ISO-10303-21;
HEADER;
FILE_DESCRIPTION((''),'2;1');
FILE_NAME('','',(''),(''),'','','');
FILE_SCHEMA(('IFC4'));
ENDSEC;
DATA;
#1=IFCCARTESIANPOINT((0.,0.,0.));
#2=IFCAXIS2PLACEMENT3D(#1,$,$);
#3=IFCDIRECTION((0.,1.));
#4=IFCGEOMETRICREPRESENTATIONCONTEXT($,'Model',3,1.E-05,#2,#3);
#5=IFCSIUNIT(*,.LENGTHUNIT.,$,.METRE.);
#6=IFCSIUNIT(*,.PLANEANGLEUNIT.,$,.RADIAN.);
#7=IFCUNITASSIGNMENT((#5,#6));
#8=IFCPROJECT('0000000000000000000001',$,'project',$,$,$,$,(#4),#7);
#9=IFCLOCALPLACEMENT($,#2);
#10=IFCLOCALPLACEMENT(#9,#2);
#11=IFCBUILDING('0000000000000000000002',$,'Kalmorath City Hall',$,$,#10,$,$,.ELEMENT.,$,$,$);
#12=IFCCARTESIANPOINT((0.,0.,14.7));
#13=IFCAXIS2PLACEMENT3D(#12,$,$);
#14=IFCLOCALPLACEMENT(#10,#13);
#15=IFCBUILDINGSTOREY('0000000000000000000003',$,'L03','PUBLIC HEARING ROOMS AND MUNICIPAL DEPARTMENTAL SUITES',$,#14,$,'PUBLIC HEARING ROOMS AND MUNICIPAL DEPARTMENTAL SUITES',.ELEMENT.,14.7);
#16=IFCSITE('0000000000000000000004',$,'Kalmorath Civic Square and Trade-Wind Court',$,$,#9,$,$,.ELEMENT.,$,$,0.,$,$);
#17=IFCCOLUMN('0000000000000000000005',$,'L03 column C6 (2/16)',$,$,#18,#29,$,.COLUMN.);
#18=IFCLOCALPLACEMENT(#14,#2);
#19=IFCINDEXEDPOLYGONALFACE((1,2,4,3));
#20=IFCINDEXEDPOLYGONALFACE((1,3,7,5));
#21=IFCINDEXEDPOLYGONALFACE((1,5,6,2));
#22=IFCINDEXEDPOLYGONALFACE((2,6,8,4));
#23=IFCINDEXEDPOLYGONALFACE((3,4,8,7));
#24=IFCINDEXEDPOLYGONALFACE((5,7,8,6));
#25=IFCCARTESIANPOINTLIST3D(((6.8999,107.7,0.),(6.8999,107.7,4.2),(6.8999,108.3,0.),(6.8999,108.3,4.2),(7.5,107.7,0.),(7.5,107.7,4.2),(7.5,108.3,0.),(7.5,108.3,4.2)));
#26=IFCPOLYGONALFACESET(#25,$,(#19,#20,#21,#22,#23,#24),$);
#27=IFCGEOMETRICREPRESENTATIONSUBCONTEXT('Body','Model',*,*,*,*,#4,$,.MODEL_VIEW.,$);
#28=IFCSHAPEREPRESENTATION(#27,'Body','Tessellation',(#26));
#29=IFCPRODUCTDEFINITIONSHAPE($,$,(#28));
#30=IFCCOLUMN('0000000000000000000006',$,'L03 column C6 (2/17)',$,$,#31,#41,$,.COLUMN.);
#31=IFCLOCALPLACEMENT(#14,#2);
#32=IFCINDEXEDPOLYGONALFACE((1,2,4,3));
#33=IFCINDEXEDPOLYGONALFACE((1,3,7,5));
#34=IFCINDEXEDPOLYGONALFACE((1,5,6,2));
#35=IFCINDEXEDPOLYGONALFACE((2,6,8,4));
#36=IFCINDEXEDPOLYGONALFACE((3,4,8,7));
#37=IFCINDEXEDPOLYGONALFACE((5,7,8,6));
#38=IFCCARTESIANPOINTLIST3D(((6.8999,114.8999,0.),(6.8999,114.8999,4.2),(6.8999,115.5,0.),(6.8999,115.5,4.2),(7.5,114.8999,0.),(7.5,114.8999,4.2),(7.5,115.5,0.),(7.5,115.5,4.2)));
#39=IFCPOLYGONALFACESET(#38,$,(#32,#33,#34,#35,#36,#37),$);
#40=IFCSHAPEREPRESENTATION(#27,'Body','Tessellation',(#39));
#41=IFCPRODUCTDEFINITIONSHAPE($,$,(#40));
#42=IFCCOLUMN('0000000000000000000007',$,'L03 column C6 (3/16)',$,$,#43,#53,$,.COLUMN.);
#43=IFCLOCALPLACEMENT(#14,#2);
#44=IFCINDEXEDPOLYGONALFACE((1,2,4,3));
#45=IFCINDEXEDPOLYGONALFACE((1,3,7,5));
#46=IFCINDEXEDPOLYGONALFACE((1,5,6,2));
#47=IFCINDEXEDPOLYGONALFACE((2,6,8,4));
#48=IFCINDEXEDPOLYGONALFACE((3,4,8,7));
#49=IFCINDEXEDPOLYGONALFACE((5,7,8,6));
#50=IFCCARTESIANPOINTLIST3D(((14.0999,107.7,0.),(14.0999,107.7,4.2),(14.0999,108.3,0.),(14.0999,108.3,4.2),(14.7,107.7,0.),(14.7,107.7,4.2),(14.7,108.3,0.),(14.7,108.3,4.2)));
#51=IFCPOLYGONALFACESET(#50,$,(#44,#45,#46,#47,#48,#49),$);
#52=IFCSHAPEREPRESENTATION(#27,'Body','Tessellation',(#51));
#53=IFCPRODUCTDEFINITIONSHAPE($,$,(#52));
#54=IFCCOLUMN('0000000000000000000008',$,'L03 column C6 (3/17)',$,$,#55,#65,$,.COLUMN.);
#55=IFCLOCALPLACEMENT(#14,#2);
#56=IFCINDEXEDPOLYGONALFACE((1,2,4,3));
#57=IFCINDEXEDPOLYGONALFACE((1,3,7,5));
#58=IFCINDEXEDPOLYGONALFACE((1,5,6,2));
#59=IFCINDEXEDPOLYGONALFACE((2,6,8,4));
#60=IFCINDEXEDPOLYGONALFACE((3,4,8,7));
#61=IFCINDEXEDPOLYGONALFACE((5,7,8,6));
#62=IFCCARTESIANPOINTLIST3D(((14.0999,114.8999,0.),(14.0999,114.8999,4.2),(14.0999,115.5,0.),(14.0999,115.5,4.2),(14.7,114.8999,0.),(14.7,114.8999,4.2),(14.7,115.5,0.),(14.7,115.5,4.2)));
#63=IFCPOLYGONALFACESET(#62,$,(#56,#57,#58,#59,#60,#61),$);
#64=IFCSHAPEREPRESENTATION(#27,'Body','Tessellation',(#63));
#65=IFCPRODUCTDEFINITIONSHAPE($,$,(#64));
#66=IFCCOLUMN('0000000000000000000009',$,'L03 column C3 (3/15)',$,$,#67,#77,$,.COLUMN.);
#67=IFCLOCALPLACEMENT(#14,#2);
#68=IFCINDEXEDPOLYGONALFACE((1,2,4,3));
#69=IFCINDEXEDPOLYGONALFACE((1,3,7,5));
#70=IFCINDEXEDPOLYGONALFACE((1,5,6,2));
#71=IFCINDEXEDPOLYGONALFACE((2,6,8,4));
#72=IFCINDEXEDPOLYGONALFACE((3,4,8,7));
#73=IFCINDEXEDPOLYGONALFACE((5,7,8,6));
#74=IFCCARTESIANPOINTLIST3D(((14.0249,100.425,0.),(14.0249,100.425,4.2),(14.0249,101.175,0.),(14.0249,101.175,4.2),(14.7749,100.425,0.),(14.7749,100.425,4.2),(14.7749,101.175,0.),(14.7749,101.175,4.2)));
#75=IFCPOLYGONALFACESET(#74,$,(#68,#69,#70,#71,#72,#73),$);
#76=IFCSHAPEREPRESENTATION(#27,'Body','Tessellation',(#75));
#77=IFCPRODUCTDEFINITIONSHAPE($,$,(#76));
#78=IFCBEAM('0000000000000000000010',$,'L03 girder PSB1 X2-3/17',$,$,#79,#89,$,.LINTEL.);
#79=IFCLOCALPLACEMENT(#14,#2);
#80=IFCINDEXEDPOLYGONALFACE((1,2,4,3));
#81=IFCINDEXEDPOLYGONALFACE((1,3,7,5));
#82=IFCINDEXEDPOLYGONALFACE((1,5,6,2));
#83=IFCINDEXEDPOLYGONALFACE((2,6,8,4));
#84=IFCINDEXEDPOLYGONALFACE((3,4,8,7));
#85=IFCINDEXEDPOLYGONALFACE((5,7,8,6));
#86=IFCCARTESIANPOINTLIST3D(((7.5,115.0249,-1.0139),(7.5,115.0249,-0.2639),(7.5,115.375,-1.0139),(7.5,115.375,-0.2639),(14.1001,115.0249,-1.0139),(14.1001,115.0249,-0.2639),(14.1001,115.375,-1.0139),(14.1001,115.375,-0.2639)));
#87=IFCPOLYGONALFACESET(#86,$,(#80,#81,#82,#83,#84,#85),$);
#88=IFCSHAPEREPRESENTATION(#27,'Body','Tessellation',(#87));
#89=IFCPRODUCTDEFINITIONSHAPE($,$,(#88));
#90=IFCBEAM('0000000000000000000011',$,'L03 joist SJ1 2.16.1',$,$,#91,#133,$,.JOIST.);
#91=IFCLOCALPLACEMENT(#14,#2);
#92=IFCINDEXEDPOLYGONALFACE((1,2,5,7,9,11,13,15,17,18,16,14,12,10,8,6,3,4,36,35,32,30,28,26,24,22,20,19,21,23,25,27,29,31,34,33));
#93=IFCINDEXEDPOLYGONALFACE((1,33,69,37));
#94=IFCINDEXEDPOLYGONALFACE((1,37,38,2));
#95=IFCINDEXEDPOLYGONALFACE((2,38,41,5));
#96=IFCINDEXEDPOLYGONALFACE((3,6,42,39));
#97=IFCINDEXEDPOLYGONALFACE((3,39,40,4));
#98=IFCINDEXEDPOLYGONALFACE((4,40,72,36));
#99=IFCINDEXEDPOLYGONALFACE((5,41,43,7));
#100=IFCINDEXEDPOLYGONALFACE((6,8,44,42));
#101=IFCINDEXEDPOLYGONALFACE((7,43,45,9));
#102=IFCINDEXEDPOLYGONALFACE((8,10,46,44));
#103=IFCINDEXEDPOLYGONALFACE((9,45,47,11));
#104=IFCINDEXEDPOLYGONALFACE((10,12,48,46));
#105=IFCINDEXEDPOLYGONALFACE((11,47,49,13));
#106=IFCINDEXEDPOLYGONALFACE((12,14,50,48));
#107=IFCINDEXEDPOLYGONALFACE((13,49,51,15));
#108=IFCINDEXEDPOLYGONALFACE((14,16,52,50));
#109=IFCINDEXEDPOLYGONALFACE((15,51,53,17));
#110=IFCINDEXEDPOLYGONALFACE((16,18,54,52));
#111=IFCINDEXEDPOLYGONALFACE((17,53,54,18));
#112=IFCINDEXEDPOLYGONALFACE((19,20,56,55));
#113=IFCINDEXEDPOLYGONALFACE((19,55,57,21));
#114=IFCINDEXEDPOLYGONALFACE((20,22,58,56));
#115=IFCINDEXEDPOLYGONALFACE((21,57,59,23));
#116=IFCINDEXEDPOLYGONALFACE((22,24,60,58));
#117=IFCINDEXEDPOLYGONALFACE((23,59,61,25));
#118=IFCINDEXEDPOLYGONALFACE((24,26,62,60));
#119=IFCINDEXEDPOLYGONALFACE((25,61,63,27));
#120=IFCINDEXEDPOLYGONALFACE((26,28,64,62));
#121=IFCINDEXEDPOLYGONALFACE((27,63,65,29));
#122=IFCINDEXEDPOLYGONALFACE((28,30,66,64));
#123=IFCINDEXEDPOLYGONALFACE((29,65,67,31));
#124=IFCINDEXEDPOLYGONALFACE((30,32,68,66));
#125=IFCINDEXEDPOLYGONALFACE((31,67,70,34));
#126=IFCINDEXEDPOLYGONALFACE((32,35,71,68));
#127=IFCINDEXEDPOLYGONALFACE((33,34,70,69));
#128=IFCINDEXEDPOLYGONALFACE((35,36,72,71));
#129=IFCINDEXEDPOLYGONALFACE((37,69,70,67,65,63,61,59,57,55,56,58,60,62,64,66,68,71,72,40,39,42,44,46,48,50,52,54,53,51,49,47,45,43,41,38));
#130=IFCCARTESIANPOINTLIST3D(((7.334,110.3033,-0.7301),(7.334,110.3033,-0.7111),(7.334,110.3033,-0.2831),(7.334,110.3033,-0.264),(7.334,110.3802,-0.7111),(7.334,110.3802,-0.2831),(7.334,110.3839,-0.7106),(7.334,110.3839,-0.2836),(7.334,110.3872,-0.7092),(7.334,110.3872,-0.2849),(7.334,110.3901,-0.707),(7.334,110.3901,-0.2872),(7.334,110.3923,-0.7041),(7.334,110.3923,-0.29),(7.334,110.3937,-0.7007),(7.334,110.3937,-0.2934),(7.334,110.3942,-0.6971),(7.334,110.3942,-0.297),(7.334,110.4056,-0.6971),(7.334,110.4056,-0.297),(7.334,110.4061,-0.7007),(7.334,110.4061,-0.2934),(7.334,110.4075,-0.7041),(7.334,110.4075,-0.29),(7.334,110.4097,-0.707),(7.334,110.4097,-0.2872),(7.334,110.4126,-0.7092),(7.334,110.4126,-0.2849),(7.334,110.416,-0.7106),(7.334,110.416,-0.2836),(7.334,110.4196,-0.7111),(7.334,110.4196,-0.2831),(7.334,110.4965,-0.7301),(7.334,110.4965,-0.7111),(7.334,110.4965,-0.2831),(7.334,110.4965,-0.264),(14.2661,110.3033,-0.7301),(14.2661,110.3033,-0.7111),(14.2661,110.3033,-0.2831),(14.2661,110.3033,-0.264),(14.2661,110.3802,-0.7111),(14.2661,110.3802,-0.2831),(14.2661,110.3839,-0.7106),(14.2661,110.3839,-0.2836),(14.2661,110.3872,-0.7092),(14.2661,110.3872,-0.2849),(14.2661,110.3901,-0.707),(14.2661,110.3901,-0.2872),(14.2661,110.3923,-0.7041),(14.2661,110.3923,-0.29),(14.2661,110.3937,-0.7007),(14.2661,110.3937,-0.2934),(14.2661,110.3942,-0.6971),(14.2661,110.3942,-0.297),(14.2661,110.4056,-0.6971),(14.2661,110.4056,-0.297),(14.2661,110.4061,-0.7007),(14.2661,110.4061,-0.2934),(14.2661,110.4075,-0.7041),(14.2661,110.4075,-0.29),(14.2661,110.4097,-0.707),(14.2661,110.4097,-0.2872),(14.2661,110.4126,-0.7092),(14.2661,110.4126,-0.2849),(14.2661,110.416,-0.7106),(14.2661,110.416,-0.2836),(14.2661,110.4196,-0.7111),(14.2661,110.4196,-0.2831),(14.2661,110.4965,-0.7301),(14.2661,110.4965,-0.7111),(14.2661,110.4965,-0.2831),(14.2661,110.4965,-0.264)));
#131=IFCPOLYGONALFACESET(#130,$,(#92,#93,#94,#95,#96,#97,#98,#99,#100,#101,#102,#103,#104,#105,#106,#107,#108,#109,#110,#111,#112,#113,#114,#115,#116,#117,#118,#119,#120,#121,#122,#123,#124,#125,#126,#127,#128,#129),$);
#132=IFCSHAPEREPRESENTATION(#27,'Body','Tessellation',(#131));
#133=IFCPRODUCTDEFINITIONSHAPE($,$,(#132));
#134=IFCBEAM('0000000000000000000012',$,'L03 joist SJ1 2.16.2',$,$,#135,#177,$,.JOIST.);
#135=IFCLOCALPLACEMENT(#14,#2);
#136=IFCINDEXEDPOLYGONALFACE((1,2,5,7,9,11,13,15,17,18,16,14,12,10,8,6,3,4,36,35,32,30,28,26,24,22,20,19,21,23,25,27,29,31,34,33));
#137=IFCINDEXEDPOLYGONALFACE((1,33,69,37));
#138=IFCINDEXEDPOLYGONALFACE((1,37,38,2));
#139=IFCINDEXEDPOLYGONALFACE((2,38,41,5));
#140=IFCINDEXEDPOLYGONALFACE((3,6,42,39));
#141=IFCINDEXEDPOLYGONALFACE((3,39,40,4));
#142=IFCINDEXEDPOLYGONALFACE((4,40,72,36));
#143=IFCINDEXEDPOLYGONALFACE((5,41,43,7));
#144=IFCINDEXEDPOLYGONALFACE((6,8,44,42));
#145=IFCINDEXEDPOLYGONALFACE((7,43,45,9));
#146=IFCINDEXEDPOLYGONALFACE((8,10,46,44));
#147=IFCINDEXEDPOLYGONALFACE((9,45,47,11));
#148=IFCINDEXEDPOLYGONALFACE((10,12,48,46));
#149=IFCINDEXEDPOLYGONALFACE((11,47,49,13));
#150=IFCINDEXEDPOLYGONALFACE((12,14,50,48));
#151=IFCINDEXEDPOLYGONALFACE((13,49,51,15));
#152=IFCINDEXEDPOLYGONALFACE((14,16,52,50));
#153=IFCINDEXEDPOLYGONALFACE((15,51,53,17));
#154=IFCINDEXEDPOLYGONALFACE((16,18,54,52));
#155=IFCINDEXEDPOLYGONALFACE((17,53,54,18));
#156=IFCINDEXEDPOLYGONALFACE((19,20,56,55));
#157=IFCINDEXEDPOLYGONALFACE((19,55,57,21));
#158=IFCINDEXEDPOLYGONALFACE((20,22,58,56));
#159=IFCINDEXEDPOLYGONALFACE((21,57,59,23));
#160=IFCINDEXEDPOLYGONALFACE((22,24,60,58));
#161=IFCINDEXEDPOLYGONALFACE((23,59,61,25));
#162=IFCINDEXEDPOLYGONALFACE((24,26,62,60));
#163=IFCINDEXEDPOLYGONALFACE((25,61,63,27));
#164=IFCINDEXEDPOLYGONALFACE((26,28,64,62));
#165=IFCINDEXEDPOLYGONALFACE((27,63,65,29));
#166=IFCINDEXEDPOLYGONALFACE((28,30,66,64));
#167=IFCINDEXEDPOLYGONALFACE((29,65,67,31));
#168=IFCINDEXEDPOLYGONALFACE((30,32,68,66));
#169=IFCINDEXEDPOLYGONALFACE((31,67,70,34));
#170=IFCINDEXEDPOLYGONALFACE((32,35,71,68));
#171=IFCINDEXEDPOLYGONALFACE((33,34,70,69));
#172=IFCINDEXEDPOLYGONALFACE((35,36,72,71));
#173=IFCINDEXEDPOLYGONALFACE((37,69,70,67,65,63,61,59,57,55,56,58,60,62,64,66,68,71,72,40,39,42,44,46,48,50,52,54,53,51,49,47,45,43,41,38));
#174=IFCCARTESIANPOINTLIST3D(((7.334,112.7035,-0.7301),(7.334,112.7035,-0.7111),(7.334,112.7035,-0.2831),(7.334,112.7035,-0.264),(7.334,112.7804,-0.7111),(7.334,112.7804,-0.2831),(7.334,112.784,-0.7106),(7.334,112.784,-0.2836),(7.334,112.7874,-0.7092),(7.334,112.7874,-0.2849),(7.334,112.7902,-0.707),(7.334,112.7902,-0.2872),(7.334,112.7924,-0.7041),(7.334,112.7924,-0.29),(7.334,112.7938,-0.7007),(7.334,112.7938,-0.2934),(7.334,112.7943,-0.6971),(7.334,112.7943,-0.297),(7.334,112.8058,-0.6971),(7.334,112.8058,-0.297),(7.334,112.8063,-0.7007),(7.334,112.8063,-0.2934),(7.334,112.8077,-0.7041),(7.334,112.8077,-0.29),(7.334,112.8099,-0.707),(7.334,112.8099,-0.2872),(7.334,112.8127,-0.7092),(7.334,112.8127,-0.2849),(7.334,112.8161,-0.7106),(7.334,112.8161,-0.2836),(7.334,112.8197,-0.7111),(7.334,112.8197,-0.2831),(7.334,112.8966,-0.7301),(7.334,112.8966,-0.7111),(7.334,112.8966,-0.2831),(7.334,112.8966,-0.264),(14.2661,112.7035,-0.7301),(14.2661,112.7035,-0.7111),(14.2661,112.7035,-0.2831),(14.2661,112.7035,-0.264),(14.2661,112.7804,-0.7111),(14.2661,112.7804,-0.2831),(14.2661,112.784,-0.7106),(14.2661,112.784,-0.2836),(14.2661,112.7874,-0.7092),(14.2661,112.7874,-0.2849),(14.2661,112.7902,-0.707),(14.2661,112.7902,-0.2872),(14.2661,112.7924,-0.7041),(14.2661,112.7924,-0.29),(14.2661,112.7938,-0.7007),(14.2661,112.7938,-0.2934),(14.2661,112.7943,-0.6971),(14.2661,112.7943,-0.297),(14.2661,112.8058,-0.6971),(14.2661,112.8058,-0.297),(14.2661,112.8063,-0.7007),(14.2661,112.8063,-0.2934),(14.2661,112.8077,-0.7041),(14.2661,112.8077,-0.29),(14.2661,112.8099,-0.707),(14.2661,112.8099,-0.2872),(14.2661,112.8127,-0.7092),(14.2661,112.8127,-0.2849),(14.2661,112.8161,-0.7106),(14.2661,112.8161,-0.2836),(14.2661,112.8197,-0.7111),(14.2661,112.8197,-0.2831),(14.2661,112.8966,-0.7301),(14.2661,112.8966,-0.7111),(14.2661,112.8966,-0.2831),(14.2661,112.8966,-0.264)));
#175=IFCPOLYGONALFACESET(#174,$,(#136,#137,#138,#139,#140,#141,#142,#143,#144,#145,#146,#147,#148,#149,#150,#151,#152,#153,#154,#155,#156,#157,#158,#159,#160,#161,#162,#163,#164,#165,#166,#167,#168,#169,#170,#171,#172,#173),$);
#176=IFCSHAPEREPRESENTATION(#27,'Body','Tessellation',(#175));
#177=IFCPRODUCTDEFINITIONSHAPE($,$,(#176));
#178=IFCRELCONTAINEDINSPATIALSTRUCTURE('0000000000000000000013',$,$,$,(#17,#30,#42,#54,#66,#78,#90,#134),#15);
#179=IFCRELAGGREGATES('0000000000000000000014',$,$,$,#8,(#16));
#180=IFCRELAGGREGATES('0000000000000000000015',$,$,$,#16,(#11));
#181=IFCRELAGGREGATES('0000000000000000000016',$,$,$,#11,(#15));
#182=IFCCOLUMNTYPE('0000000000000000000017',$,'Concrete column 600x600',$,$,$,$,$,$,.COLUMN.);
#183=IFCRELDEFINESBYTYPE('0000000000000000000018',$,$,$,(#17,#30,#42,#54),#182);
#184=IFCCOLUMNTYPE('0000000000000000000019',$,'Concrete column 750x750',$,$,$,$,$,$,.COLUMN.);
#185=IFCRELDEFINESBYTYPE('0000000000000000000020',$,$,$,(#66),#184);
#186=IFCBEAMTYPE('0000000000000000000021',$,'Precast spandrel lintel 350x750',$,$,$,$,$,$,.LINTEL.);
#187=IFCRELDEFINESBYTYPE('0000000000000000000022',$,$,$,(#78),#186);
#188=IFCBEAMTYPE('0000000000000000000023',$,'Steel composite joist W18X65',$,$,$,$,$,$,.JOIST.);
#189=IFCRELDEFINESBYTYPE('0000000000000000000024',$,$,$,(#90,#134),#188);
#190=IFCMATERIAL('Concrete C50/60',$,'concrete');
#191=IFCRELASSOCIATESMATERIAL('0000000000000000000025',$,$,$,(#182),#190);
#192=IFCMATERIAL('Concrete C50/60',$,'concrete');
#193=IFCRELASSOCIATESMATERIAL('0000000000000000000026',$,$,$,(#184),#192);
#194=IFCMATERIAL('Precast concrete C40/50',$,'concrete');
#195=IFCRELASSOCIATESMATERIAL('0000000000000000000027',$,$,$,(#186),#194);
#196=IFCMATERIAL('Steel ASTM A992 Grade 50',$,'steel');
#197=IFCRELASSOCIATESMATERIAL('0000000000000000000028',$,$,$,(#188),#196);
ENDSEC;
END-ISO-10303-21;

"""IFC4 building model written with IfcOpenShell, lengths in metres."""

from ifc_helpers import new_model, si_unit, direction, frame, origin, origin_2d, place, context, subcontext, project, spatial, rectangle, i_section, extrude, material, material_profile, profile_set, type_object, element, save


model = new_model("IFC4")

# Units and contexts
model_context = context("Model", 3, precision=1e-05, world=origin(), true_north=direction((0.0, 1.0)))
body_context = subcontext(model_context, "Body", "Model", "MODEL_VIEW")
ifc_project = project(units=[si_unit("LENGTHUNIT", "METRE"), si_unit("PLANEANGLEUNIT", "RADIAN")], contexts=[model_context])

# Site, building, storey
site_placement = place(None, origin())
site = spatial("IfcSite", under=ifc_project, at=site_placement, Name="Kalmorath Civic Square and Trade-Wind Court", CompositionType="ELEMENT", RefElevation=0.0)
building_placement = place(site_placement, origin())
building = spatial("IfcBuilding", under=site, at=building_placement, Name="Kalmorath City Hall", CompositionType="ELEMENT")
storey_placement = place(building_placement, frame((0.0, 0.0, 14.7)))
storey = spatial("IfcBuildingStorey", under=building, at=storey_placement, Name="L03", Description="PUBLIC HEARING ROOMS AND MUNICIPAL DEPARTMENTAL SUITES", LongName="PUBLIC HEARING ROOMS AND MUNICIPAL DEPARTMENTAL SUITES", CompositionType="ELEMENT", Elevation=14.7)

# Columns
ifc_material_1 = material(Name="Concrete C50/60", Category="concrete")
ifc_material_profile_1 = material_profile(ifc_material_1, rectangle(XDim=0.6001, YDim=0.6001, at=origin_2d()), Name="RC-COL-600X600")
ifc_profile_set_1 = profile_set([ifc_material_profile_1], Name="Concrete C50/60")
column_type_1 = type_object("IfcColumnType", Name="Concrete column 600x600", PredefinedType="COLUMN", material=ifc_profile_set_1)
for number, where, z_axis, x_axis, name in (
    (1, (7.2, 108.0, 0.0), (0.0, 0.0, 1.0), (1.0, 0.0, 0.0), "L03 column C6 (2/16)"),
    (2, (7.2, 115.2, 0.0), (0.0, 0.0, 1.0), (1.0, 0.0, 0.0), "L03 column C6 (2/17)"),
    (3, (14.3999, 108.0, 0.0), (0.0, 0.0, 1.0), (1.0, 0.0, 0.0), "L03 column C6 (3/16)"),
    (4, (14.3999, 115.2, 0.0), (0.0, 0.0, 1.0), (1.0, 0.0, 0.0), "L03 column C6 (3/17)"),
):
    element("IfcColumn", number, at=place(storey_placement, frame(where, z_axis=z_axis, x_axis=x_axis)), inside=storey, type_object=column_type_1, Name=name, PredefinedType="COLUMN", context=body_context, shape_type="SweptSolid", body=[
        extrude(rectangle(XDim=0.6001, YDim=0.6001, at=origin_2d()), origin(), (0.0, 0.0, 1.0), 4.2),
    ])
ifc_material_2 = material(Name="Concrete C50/60", Category="concrete")
ifc_material_profile_2 = material_profile(ifc_material_2, rectangle(XDim=0.75, YDim=0.75, at=origin_2d()), Name="RC-COL-750X750")
ifc_profile_set_2 = profile_set([ifc_material_profile_2], Name="Concrete C50/60")
column_type_2 = type_object("IfcColumnType", Name="Concrete column 750x750", PredefinedType="COLUMN", material=ifc_profile_set_2)
column_placement = place(storey_placement, frame((14.3999, 100.8, 0.0), z_axis=(0.0, 0.0, 1.0), x_axis=(1.0, 0.0, 0.0)))
element("IfcColumn", 5, at=column_placement, inside=storey, type_object=column_type_2, Name="L03 column C3 (3/15)", PredefinedType="COLUMN", context=body_context, shape_type="SweptSolid", body=[
    extrude(rectangle(XDim=0.75, YDim=0.75, at=origin_2d()), origin(), (0.0, 0.0, 1.0), 4.2),
])

# Beams
ifc_material_3 = material(Name="Precast concrete C40/50", Category="concrete")
ifc_material_profile_3 = material_profile(ifc_material_3, rectangle(XDim=0.3501, YDim=0.75, at=origin_2d()), Name="PC-SP-350X750")
ifc_profile_set_3 = profile_set([ifc_material_profile_3], Name="Precast concrete C40/50")
beam_type_1 = type_object("IfcBeamType", Name="Precast spandrel lintel 350x750", PredefinedType="LINTEL", material=ifc_profile_set_3)
beam_1_placement = place(storey_placement, frame((7.5, 115.2, -0.6389), z_axis=(1.0, 0.0, 0.0), x_axis=(0.0, 1.0, 0.0)))
element("IfcBeam", 6, at=beam_1_placement, inside=storey, type_object=beam_type_1, Name="L03 girder PSB1 X2-3/17", PredefinedType="LINTEL", context=body_context, shape_type="SweptSolid", body=[
    extrude(rectangle(XDim=0.3501, YDim=0.75, at=origin_2d()), origin(), (0.0, 0.0, 1.0), 6.6001),
])
ifc_material_4 = material(Name="Steel ASTM A992 Grade 50", Category="steel")
ifc_material_profile_4 = material_profile(ifc_material_4, i_section(OverallWidth=0.1931, OverallDepth=0.4661, WebThickness=0.0115, FlangeThickness=0.019, FilletRadius=0.0139, at=origin_2d()), Name="W18X65")
ifc_profile_set_4 = profile_set([ifc_material_profile_4], Name="Steel ASTM A992 Grade 50")
beam_type_2 = type_object("IfcBeamType", Name="Steel composite joist W18X65", PredefinedType="JOIST", material=ifc_profile_set_4)
for number, where, z_axis, x_axis, name in (
    (7, (7.334, 110.3999, -0.4971), (1.0, 0.0, 0.0), (0.0, 1.0, 0.0), "L03 joist SJ1 2.16.1"),
    (8, (7.334, 112.8, -0.4971), (1.0, 0.0, 0.0), (0.0, 1.0, 0.0), "L03 joist SJ1 2.16.2"),
):
    element("IfcBeam", number, at=place(storey_placement, frame(where, z_axis=z_axis, x_axis=x_axis)), inside=storey, type_object=beam_type_2, Name=name, PredefinedType="JOIST", context=body_context, shape_type="SweptSolid", body=[
        extrude(i_section(OverallWidth=0.1931, OverallDepth=0.4661, WebThickness=0.0115, FlangeThickness=0.019, FilletRadius=0.0139, at=origin_2d()), origin(), (0.0, 0.0, 1.0), 6.9321),
    ])

save(model, "model.ifc")
